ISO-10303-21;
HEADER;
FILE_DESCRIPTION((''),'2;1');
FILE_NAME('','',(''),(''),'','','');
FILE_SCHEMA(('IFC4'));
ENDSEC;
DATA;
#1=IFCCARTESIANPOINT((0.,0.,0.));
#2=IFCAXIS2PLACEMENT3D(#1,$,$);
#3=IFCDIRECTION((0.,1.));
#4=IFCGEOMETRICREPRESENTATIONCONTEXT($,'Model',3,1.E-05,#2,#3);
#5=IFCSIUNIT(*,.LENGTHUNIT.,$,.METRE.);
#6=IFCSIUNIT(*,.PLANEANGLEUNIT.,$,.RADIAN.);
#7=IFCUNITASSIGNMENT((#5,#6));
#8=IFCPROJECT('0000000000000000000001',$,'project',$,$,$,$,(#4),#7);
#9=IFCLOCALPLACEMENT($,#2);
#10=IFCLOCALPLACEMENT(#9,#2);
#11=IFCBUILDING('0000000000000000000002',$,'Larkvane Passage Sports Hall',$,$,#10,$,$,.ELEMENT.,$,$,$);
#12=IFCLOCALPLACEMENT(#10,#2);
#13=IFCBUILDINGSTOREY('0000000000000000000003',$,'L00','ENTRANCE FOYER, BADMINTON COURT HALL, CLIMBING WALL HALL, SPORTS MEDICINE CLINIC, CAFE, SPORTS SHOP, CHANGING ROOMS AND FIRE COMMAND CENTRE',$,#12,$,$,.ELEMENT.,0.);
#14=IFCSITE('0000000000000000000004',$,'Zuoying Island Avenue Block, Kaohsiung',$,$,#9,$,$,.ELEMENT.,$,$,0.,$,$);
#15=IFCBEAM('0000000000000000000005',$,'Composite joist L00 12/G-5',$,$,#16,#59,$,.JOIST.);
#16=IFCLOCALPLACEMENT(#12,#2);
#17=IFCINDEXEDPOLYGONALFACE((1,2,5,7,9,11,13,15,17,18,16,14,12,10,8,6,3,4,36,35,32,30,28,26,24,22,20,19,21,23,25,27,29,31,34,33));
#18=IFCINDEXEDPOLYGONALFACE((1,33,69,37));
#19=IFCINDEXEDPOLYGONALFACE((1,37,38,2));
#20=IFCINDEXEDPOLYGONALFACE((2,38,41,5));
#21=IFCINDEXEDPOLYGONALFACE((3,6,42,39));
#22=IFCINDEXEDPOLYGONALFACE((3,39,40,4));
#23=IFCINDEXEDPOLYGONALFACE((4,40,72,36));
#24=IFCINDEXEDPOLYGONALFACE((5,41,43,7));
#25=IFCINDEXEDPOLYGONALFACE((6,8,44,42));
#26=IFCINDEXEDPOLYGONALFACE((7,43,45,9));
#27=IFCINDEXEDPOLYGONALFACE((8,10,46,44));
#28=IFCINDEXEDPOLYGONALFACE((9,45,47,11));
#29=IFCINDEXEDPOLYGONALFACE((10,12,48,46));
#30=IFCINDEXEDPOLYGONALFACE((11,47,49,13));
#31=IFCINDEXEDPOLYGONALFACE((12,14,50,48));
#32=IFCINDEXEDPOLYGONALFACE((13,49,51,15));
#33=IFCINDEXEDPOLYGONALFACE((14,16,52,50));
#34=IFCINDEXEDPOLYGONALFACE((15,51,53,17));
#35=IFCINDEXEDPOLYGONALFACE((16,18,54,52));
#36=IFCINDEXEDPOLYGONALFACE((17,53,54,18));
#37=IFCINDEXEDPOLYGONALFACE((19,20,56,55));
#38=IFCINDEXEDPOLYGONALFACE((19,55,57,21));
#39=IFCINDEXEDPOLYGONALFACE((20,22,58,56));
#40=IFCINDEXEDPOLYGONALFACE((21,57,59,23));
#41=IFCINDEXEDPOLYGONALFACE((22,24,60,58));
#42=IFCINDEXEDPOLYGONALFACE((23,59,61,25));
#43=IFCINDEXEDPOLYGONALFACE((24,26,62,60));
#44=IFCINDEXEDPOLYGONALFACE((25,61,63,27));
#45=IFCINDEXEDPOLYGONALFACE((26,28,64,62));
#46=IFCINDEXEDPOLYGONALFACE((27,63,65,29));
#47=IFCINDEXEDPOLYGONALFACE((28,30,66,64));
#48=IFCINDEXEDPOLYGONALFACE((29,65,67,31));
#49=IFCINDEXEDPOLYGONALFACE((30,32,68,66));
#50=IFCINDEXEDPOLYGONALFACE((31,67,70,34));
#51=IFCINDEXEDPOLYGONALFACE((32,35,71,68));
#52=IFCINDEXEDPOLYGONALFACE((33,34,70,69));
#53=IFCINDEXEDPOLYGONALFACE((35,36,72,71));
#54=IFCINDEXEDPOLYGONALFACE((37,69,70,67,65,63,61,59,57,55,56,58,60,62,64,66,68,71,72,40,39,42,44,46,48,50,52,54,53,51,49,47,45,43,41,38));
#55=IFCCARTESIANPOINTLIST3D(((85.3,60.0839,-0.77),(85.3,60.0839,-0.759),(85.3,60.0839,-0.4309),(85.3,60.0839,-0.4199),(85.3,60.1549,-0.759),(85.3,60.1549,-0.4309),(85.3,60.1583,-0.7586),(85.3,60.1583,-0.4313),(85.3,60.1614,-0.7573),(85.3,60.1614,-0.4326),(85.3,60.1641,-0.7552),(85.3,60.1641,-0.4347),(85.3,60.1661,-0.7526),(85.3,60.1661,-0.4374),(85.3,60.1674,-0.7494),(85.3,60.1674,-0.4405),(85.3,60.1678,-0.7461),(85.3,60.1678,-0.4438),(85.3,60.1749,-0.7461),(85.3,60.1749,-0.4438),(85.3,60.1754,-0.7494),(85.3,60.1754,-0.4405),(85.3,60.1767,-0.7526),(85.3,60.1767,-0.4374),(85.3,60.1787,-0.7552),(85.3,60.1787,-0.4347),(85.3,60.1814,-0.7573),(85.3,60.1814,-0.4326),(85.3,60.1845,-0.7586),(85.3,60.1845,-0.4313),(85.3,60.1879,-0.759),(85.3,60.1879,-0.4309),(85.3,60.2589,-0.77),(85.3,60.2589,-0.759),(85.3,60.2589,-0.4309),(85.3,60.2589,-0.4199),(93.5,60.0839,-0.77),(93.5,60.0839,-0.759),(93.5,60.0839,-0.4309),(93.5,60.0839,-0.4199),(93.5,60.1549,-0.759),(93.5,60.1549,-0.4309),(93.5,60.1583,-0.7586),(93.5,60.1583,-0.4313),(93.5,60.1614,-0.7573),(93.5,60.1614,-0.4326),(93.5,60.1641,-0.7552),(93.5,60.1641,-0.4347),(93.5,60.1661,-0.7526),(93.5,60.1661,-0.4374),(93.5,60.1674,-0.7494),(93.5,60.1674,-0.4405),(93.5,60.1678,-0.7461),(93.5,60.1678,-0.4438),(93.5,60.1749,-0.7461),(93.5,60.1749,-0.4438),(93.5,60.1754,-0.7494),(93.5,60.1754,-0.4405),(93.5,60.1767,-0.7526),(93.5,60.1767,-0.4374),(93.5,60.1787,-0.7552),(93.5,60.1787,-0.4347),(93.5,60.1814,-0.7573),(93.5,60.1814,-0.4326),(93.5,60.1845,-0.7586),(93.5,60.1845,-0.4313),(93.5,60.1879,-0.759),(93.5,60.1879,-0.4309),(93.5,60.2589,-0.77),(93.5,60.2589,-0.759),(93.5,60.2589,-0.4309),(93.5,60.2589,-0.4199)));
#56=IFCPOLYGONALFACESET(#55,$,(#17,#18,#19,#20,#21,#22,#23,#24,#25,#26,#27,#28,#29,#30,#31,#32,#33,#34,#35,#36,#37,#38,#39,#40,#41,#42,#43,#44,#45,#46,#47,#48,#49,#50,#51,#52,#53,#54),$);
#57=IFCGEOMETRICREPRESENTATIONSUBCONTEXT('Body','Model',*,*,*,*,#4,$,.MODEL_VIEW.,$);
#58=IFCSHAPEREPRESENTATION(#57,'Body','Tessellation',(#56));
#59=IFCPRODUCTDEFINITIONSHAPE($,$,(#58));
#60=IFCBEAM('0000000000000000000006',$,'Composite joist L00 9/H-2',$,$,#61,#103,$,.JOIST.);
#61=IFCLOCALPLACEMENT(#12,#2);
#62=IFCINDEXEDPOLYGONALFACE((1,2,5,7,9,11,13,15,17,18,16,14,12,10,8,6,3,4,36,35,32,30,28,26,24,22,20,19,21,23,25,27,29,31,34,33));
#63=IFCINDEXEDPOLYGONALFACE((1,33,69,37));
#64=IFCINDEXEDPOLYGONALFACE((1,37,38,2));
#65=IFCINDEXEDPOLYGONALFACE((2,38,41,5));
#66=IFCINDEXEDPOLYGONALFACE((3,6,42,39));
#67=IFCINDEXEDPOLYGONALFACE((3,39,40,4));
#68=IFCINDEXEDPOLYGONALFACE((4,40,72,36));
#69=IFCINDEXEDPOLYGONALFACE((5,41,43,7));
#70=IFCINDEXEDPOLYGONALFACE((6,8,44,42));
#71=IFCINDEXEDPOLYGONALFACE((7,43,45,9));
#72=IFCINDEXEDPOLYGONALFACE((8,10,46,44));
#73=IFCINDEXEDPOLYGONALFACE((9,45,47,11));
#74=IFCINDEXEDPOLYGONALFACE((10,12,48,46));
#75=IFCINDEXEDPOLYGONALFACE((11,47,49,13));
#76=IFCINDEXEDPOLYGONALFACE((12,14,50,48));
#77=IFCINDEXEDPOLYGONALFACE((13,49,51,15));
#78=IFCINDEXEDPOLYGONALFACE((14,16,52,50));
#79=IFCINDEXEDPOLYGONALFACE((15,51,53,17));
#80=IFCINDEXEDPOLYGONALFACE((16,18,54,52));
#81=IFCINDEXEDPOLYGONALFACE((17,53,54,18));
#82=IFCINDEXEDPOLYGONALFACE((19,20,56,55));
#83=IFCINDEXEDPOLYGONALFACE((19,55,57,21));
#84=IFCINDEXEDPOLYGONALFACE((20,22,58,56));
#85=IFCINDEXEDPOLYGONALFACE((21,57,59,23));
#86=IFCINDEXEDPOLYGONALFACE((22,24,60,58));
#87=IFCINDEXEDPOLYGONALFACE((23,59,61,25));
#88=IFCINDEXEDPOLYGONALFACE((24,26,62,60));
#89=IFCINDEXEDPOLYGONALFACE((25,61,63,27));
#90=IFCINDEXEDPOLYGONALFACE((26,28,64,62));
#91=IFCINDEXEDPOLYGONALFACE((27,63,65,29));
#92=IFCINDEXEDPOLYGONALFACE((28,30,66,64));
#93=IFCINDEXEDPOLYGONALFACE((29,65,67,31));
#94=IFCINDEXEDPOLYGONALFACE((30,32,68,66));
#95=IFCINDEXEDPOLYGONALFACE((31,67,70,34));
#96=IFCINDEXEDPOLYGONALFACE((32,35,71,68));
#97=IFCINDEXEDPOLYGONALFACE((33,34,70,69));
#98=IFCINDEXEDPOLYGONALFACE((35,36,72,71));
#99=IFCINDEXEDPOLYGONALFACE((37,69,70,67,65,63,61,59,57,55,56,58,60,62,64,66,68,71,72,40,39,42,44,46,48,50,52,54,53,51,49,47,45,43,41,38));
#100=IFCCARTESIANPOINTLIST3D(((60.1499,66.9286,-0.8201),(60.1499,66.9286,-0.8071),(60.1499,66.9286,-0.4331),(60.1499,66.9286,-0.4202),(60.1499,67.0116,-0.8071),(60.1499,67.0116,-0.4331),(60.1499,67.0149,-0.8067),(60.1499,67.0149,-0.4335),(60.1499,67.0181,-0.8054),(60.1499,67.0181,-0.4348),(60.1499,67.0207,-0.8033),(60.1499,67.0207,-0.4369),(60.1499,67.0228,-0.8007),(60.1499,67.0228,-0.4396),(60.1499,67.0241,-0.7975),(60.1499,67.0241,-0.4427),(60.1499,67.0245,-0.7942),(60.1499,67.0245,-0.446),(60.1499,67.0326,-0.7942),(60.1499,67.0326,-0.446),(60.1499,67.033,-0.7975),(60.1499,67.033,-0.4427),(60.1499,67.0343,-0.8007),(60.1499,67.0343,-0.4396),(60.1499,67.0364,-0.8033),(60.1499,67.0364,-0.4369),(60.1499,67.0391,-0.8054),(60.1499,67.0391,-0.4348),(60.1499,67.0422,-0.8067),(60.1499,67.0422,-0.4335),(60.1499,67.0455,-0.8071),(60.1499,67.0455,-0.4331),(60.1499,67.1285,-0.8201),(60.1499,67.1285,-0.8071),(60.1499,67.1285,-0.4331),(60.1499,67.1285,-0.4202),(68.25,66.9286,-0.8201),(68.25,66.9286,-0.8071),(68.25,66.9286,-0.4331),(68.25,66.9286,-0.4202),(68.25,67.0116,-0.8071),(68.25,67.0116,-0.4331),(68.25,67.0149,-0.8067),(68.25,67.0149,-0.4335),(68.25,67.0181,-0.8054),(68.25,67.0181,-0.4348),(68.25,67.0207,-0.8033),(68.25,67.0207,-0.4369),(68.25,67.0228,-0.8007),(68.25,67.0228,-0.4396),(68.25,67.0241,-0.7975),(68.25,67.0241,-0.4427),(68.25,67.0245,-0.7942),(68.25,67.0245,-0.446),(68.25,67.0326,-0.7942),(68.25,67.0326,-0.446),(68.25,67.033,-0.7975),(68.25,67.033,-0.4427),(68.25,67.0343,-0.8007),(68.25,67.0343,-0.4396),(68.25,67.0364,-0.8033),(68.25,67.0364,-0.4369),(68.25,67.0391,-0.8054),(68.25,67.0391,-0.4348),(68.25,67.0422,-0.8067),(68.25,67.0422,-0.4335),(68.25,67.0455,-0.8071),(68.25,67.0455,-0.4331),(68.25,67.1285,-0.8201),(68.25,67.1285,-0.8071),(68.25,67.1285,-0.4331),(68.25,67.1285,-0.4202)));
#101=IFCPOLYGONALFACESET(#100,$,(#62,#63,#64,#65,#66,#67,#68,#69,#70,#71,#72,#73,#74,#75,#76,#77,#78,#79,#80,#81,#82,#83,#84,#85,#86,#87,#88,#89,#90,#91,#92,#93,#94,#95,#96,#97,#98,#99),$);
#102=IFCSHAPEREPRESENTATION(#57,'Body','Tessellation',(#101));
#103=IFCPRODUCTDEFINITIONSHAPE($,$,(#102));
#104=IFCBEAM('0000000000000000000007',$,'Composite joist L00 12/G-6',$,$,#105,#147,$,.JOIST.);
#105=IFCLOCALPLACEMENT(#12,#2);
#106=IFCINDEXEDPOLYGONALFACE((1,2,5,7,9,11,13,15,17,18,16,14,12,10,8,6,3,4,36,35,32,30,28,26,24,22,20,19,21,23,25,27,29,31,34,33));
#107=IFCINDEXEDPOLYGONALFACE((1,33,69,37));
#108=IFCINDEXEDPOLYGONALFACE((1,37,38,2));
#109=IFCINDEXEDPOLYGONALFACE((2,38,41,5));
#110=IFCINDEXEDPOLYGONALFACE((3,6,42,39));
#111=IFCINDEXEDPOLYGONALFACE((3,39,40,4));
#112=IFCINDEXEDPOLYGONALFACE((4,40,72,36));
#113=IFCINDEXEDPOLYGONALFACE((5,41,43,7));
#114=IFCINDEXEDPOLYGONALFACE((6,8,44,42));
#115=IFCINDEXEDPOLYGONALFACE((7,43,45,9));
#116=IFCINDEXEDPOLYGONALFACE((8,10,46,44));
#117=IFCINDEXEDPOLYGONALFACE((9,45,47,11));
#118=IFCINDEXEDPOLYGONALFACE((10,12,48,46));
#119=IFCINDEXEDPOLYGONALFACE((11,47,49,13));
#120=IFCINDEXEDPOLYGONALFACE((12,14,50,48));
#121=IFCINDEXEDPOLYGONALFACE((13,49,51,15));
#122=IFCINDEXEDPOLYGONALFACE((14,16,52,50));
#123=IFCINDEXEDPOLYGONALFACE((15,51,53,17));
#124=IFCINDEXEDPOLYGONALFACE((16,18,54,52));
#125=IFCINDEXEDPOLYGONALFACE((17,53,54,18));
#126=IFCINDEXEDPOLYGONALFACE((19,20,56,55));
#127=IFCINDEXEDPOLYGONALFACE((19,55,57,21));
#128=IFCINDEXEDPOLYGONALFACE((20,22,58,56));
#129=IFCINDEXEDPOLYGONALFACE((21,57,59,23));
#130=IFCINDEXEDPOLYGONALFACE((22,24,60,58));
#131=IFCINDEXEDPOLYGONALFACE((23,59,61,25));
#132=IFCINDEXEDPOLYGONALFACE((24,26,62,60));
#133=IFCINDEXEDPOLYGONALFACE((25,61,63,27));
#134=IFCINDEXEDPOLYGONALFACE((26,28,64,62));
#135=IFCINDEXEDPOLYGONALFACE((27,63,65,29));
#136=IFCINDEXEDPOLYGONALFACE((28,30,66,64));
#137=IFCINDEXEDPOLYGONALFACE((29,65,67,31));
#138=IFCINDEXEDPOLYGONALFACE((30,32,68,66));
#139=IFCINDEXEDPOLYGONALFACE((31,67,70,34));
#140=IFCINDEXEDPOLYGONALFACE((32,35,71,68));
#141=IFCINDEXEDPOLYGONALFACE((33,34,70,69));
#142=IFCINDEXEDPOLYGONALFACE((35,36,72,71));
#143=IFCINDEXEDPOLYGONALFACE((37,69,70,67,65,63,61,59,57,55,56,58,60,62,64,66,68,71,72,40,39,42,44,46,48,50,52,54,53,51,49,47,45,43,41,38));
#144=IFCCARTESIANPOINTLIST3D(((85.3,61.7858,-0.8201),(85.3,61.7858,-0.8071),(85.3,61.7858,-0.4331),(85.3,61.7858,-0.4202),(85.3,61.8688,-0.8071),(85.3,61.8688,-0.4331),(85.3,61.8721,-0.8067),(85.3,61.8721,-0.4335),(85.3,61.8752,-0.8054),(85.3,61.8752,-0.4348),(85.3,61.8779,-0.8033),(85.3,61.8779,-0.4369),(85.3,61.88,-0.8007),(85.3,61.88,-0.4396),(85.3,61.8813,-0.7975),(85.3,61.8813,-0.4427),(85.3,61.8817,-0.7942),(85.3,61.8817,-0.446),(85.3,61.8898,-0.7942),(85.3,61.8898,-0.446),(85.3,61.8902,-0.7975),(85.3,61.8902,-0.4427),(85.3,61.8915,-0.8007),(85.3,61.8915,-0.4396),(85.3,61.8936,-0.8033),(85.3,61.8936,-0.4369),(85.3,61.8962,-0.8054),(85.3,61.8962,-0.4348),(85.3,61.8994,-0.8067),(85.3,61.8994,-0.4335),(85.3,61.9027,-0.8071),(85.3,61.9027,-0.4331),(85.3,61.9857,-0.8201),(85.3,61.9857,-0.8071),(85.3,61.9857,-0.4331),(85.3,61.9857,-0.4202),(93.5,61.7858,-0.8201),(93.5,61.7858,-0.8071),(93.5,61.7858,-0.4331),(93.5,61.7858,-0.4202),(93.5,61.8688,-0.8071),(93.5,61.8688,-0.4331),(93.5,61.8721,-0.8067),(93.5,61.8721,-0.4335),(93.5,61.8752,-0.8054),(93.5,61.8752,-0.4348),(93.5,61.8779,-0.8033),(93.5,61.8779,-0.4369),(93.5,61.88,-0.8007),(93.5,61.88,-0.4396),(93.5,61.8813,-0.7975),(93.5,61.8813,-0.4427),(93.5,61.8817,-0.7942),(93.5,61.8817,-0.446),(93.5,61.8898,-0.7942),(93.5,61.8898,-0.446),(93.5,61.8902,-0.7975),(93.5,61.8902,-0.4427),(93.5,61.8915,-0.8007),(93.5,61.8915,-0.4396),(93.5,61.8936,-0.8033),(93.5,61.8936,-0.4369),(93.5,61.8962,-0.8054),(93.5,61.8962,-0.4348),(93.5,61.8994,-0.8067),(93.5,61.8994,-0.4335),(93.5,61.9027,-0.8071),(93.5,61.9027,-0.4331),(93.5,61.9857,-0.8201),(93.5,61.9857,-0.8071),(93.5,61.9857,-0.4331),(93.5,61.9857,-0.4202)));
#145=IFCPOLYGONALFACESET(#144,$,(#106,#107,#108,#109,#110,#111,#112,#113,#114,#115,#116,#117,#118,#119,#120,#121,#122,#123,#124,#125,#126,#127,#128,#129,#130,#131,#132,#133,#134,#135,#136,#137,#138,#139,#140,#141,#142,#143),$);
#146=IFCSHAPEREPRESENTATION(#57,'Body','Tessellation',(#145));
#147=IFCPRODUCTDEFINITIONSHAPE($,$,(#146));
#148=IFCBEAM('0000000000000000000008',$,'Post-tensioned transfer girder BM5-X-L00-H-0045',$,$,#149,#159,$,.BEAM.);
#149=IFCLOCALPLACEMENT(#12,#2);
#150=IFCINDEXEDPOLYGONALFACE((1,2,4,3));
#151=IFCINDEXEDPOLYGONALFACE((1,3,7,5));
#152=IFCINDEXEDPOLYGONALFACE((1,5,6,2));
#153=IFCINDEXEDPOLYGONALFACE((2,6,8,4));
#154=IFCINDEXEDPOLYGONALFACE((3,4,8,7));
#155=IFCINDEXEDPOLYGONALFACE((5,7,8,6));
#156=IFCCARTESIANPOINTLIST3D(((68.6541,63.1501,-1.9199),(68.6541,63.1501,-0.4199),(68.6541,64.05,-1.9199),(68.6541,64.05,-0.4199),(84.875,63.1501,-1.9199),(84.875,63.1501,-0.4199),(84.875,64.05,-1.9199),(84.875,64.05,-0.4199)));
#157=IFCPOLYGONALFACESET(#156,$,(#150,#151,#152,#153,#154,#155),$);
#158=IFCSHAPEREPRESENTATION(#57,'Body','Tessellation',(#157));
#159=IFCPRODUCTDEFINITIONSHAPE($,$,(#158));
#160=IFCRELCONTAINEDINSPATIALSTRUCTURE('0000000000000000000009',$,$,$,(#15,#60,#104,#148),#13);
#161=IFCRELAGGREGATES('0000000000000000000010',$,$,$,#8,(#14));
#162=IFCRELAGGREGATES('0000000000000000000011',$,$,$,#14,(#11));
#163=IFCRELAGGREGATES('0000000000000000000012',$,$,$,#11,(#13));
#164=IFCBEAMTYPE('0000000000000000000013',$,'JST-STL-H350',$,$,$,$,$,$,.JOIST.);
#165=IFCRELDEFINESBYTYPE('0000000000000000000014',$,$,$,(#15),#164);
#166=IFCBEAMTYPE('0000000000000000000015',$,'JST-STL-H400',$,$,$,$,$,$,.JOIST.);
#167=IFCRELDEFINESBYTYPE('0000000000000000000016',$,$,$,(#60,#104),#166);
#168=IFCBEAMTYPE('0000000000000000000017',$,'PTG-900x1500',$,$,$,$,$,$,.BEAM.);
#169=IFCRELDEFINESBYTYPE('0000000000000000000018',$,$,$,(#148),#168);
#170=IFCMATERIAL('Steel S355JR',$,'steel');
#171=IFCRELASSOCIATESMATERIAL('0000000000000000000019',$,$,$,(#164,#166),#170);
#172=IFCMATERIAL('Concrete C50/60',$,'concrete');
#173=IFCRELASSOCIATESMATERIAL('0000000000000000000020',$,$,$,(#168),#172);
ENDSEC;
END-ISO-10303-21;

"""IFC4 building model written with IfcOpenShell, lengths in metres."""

from ifc_helpers import new_model, si_unit, direction, frame, origin, origin_2d, place, context, subcontext, project, spatial, rectangle, i_section, extrude, material, material_profile, profile_set, type_object, element, save


model = new_model("IFC4")

# Units and contexts
model_context = context("Model", 3, precision=1e-05, world=origin(), true_north=direction((0.0, 1.0)))
body_context = subcontext(model_context, "Body", "Model", "MODEL_VIEW")
ifc_project = project(units=[si_unit("LENGTHUNIT", "METRE"), si_unit("PLANEANGLEUNIT", "RADIAN")], contexts=[model_context])

# Site, building, storey
site_placement = place(None, origin())
site = spatial("IfcSite", under=ifc_project, at=site_placement, Name="Zuoying Island Avenue Block, Kaohsiung", CompositionType="ELEMENT", RefElevation=0.0)
building_placement = place(site_placement, origin())
building = spatial("IfcBuilding", under=site, at=building_placement, Name="Larkvane Passage Sports Hall", CompositionType="ELEMENT")
storey_placement = place(building_placement, origin())
storey = spatial("IfcBuildingStorey", under=building, at=storey_placement, Name="L00", Description="ENTRANCE FOYER, BADMINTON COURT HALL, CLIMBING WALL HALL, SPORTS MEDICINE CLINIC, CAFE, SPORTS SHOP, CHANGING ROOMS AND FIRE COMMAND CENTRE", CompositionType="ELEMENT", Elevation=0.0)

# Beams
ifc_material_1 = material(Name="Steel S355JR", Category="steel")
ifc_material_profile_1 = material_profile(ifc_material_1, i_section(OverallWidth=0.175, OverallDepth=0.3501, WebThickness=0.0071, FlangeThickness=0.011, FilletRadius=0.0129, at=origin_2d()), Name="H-350x175x7x11")
ifc_profile_set_1 = profile_set([ifc_material_profile_1], Name="Steel S355JR")
beam_type_1 = type_object("IfcBeamType", Name="JST-STL-H350", PredefinedType="JOIST", material=ifc_profile_set_1)
beam_1_placement = place(storey_placement, frame((85.3, 60.1714, -0.595), z_axis=(1.0, 0.0, 0.0), x_axis=(0.0, 1.0, 0.0)))
element("IfcBeam", 1, at=beam_1_placement, inside=storey, type_object=beam_type_1, Name="Composite joist L00 12/G-5", PredefinedType="JOIST", context=body_context, shape_type="SweptSolid", body=[
    extrude(i_section(OverallWidth=0.175, OverallDepth=0.3501, WebThickness=0.0071, FlangeThickness=0.011, FilletRadius=0.0129, at=origin_2d()), origin(), (0.0, 0.0, 1.0), 8.2),
])
ifc_material_profile_2 = material_profile(ifc_material_1, i_section(OverallWidth=0.2, OverallDepth=0.3999, WebThickness=0.0081, FlangeThickness=0.0129, FilletRadius=0.0129, at=origin_2d()), Name="H-400x200x8x13")
ifc_profile_set_2 = profile_set([ifc_material_profile_2], Name="Steel S355JR")
beam_type_2 = type_object("IfcBeamType", Name="JST-STL-H400", PredefinedType="JOIST", material=ifc_profile_set_2)
beam_2_placement = place(storey_placement, frame((60.1499, 67.0286, -0.6201), z_axis=(1.0, 0.0, 0.0), x_axis=(0.0, 1.0, 0.0)))
element("IfcBeam", 2, at=beam_2_placement, inside=storey, type_object=beam_type_2, Name="Composite joist L00 9/H-2", PredefinedType="JOIST", context=body_context, shape_type="SweptSolid", body=[
    extrude(i_section(OverallWidth=0.2, OverallDepth=0.3999, WebThickness=0.0081, FlangeThickness=0.0129, FilletRadius=0.0129, at=origin_2d()), origin(), (0.0, 0.0, 1.0), 8.1001),
])
beam_3_placement = place(storey_placement, frame((85.3, 61.8857, -0.6201), z_axis=(1.0, 0.0, 0.0), x_axis=(0.0, 1.0, 0.0)))
element("IfcBeam", 3, at=beam_3_placement, inside=storey, type_object=beam_type_2, Name="Composite joist L00 12/G-6", PredefinedType="JOIST", context=body_context, shape_type="SweptSolid", body=[
    extrude(i_section(OverallWidth=0.2, OverallDepth=0.3999, WebThickness=0.0081, FlangeThickness=0.0129, FilletRadius=0.0129, at=origin_2d()), origin(), (0.0, 0.0, 1.0), 8.2),
])
ifc_material_2 = material(Name="Concrete C50/60", Category="concrete")
ifc_material_profile_3 = material_profile(ifc_material_2, rectangle(XDim=0.8999, YDim=1.5, at=origin_2d()), Name="PT-GIR-900x1500")
ifc_profile_set_3 = profile_set([ifc_material_profile_3], Name="Concrete C50/60")
beam_type_3 = type_object("IfcBeamType", Name="PTG-900x1500", PredefinedType="BEAM", material=ifc_profile_set_3)
beam_4_placement = place(storey_placement, frame((68.6541, 63.6001, -1.1699), z_axis=(1.0, 0.0, 0.0), x_axis=(0.0, 1.0, 0.0)))
element("IfcBeam", 4, at=beam_4_placement, inside=storey, type_object=beam_type_3, Name="Post-tensioned transfer girder BM5-X-L00-H-0045", PredefinedType="BEAM", context=body_context, shape_type="SweptSolid", body=[
    extrude(rectangle(XDim=0.8999, YDim=1.5, at=origin_2d()), origin(), (0.0, 0.0, 1.0), 16.2209),
])

save(model, "model.ifc")
